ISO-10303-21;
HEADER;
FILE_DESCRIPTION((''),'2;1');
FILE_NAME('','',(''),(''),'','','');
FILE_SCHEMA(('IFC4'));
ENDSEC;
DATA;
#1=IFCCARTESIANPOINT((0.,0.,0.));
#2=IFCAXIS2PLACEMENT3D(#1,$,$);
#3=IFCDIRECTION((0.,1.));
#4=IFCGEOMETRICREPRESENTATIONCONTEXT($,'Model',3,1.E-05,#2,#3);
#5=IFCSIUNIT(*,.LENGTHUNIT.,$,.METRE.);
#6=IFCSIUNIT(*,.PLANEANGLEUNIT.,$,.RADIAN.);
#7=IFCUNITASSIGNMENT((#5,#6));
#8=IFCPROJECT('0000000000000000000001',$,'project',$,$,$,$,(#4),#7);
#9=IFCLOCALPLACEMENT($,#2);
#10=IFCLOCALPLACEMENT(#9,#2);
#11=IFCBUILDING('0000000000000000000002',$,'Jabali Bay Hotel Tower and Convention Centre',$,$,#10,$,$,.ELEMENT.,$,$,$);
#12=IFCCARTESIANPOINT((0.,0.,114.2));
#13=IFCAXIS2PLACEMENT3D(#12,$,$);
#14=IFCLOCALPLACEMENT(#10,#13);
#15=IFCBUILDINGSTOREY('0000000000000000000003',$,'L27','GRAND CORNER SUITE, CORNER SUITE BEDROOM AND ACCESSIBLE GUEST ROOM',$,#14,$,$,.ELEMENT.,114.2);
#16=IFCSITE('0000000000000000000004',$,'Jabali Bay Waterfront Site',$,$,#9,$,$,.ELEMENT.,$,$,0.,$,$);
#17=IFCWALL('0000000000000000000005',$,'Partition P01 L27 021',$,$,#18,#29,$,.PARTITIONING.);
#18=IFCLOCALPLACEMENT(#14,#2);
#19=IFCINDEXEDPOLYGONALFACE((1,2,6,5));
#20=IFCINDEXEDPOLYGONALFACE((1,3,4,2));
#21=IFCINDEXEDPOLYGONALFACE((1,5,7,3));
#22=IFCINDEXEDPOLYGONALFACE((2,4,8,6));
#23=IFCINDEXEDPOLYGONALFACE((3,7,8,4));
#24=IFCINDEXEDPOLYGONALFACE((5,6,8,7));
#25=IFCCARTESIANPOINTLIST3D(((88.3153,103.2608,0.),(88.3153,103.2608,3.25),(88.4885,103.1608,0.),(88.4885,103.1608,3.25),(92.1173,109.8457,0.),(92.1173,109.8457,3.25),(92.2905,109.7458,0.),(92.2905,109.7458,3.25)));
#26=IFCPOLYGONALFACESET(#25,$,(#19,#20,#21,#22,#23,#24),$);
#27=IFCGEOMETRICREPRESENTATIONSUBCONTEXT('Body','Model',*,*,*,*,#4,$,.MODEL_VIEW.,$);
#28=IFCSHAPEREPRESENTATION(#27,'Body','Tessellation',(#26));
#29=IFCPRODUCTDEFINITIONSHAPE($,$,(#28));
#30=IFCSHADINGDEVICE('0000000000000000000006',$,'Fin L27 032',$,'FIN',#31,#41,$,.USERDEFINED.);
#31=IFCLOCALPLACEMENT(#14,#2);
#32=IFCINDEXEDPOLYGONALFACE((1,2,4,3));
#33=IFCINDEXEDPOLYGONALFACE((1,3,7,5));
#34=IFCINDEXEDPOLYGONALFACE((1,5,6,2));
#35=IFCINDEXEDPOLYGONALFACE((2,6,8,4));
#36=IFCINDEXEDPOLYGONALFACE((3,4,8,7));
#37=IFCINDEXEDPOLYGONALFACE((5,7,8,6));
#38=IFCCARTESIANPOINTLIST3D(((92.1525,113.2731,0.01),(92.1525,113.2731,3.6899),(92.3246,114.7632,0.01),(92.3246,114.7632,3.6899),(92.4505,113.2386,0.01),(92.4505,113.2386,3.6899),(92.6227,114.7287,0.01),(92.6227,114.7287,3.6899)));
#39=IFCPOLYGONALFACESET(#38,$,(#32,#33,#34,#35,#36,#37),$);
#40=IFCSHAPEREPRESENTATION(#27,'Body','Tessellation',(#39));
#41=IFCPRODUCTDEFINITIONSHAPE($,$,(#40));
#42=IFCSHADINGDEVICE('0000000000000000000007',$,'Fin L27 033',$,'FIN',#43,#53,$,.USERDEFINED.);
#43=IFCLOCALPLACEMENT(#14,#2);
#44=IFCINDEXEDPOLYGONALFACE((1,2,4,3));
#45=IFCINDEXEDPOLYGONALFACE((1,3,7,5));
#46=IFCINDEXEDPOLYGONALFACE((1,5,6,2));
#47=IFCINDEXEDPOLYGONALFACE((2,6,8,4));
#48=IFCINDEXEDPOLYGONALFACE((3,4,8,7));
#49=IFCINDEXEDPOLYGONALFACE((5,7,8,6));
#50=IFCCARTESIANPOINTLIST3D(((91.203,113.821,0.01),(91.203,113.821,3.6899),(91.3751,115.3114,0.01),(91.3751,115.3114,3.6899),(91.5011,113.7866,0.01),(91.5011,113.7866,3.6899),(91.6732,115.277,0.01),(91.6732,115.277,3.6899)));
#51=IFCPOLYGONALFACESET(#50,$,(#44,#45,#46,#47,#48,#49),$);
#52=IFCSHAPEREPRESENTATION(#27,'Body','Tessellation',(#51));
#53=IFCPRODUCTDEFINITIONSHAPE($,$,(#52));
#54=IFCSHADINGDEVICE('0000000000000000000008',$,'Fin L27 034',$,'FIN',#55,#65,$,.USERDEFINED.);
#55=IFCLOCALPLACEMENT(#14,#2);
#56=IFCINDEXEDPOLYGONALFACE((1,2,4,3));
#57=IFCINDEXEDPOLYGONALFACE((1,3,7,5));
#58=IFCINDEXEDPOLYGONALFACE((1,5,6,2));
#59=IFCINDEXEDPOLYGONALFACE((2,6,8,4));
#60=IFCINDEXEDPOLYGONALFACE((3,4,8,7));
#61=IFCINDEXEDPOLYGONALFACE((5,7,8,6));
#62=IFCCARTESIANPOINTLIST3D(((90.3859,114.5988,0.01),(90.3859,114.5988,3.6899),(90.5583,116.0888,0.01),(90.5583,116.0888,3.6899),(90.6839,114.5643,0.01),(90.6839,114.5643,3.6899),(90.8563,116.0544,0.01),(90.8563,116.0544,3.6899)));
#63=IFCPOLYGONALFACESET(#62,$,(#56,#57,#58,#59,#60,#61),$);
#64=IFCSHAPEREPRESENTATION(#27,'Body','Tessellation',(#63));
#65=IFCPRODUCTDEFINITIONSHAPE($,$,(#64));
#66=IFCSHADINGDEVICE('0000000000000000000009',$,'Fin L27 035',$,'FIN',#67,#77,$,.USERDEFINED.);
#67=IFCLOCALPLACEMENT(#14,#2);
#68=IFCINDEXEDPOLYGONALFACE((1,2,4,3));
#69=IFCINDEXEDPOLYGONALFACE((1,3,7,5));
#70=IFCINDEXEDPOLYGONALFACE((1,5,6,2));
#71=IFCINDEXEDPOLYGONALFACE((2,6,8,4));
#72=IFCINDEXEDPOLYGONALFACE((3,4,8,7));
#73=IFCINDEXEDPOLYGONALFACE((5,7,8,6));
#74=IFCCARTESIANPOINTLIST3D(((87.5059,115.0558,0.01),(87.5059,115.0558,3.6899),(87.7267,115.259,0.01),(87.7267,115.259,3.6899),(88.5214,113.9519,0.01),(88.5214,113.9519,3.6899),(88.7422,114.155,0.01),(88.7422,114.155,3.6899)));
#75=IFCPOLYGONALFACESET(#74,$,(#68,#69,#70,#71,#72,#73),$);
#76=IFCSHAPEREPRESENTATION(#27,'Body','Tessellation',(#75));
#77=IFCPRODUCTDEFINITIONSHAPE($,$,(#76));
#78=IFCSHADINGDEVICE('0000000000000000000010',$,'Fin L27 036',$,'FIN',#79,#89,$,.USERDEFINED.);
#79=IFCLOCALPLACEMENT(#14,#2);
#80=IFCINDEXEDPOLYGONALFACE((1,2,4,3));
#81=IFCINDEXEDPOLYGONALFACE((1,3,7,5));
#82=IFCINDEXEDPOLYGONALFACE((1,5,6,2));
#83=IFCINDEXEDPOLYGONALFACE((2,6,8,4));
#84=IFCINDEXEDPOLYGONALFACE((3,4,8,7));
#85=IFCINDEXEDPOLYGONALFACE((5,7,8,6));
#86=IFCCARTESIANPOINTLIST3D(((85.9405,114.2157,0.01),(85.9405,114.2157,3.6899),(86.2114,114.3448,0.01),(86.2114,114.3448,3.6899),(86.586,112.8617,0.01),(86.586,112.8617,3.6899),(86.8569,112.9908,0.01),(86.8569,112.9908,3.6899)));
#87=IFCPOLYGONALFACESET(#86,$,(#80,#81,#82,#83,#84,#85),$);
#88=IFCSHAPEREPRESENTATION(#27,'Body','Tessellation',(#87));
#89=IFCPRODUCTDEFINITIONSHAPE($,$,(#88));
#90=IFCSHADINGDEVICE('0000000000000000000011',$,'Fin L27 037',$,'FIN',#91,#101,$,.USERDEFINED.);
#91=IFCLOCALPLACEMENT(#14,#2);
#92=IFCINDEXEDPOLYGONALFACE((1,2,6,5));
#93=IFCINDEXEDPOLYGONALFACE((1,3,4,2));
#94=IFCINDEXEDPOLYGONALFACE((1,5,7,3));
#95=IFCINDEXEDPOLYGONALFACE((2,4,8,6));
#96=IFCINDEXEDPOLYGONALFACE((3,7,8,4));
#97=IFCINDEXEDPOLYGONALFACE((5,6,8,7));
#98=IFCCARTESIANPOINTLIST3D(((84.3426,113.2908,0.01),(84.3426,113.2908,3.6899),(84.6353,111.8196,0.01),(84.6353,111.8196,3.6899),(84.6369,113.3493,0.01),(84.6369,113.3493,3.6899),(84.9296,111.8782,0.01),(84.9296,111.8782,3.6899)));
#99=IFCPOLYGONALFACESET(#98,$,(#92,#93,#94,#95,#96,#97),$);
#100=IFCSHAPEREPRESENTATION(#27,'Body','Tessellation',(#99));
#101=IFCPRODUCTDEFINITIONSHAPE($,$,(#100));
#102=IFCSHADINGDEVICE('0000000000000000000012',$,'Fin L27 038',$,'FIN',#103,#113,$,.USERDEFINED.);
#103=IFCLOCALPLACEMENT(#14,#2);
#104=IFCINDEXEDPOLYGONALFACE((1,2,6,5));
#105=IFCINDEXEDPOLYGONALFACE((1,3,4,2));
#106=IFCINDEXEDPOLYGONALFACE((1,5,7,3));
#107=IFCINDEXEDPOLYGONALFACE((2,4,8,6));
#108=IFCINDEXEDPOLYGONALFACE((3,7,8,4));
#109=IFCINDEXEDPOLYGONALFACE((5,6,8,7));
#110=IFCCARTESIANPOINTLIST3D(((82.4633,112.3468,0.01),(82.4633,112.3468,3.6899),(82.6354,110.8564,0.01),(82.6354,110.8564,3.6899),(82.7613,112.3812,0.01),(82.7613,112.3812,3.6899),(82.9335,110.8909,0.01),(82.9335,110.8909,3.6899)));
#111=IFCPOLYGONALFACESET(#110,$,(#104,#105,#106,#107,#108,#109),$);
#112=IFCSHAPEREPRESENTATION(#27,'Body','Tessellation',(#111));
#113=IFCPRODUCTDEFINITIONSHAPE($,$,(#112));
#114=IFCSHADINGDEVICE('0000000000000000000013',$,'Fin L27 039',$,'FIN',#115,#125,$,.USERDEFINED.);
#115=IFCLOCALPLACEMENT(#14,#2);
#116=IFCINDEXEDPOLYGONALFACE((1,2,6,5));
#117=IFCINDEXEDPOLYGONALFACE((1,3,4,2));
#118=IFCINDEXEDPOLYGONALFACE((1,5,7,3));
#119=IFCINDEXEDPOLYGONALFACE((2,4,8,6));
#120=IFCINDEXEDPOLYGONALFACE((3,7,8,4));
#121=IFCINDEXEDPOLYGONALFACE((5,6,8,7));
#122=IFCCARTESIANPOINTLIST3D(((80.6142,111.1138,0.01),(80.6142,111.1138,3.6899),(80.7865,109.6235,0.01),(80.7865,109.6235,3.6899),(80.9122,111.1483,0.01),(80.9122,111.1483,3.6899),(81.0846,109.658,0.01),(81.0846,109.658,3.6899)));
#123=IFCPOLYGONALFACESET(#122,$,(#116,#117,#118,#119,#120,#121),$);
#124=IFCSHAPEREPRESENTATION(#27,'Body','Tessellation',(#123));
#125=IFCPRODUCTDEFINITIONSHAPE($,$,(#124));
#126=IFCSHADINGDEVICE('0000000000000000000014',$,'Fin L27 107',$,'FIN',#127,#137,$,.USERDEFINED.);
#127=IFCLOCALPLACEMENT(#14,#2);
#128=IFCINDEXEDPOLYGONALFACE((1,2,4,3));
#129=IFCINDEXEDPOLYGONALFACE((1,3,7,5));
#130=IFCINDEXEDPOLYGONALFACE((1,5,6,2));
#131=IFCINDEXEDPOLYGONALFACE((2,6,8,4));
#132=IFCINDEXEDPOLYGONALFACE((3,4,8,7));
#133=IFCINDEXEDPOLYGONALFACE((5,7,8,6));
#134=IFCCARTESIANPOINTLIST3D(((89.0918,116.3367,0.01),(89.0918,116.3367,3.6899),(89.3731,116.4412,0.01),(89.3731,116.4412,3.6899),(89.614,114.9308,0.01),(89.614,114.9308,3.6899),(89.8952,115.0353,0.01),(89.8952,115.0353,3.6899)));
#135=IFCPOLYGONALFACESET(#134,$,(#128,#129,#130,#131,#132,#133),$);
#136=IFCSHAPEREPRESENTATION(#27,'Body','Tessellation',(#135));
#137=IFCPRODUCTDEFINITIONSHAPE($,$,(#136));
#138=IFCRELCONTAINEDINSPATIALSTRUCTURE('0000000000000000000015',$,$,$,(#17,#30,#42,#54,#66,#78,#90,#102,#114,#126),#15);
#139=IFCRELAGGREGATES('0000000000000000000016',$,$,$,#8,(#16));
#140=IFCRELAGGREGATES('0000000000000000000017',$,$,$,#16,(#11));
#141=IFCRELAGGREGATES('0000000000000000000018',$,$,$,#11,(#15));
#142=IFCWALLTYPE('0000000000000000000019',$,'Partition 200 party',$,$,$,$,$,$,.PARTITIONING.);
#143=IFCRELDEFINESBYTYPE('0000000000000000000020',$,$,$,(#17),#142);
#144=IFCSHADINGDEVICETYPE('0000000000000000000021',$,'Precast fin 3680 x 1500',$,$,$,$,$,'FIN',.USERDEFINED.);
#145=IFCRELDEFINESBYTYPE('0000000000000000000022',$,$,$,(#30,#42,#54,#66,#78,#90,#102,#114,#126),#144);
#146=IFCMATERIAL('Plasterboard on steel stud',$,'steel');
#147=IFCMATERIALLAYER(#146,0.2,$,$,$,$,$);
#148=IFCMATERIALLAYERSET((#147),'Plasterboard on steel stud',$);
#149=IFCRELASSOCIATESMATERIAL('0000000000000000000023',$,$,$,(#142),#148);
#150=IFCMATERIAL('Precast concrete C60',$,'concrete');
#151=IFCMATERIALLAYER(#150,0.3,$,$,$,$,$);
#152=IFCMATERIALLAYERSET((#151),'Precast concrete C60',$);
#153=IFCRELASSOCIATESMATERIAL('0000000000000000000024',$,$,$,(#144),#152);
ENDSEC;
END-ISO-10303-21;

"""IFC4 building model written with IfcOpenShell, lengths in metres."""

from ifc_helpers import new_model, si_unit, direction, frame, frame_2d, origin, place, context, subcontext, project, spatial, rectangle, extrude, material, layer, layer_set, type_object, element, save


model = new_model("IFC4")

# Units and contexts
model_context = context("Model", 3, precision=1e-05, world=origin(), true_north=direction((0.0, 1.0)))
body_context = subcontext(model_context, "Body", "Model", "MODEL_VIEW")
ifc_project = project(units=[si_unit("LENGTHUNIT", "METRE"), si_unit("PLANEANGLEUNIT", "RADIAN")], contexts=[model_context])

# Site, building, storey
site_placement = place(None, origin())
site = spatial("IfcSite", under=ifc_project, at=site_placement, Name="Jabali Bay Waterfront Site", CompositionType="ELEMENT", RefElevation=0.0)
building_placement = place(site_placement, origin())
building = spatial("IfcBuilding", under=site, at=building_placement, Name="Jabali Bay Hotel Tower and Convention Centre", CompositionType="ELEMENT")
storey_placement = place(building_placement, frame((0.0, 0.0, 114.2)))
storey = spatial("IfcBuildingStorey", under=building, at=storey_placement, Name="L27", Description="GRAND CORNER SUITE, CORNER SUITE BEDROOM AND ACCESSIBLE GUEST ROOM", CompositionType="ELEMENT", Elevation=114.2)

# Wall
ifc_material_1 = material(Name="Plasterboard on steel stud", Category="steel")
ifc_layer_1 = layer(ifc_material_1, 0.2)
ifc_layer_set_1 = layer_set([ifc_layer_1], Name="Plasterboard on steel stud")
wall_type_1 = type_object("IfcWallType", Name="Partition 200 party", PredefinedType="PARTITIONING", material=ifc_layer_set_1)
wall_1_placement = place(storey_placement, frame((92.2039, 109.7957, 0.0), z_axis=(0.0, 0.0, 1.0), x_axis=(-0.500017, -0.866016, 0.0)))
element("IfcWall", 1, at=wall_1_placement, inside=storey, type_object=wall_type_1, Name="Partition P01 L27 021", PredefinedType="PARTITIONING", context=body_context, shape_type="SweptSolid", body=[
    extrude(rectangle(XDim=7.6038, YDim=0.2, at=frame_2d((3.8018, 0.0))), origin(), (0.0, 0.0, 1.0), 3.25),
])

# Shading devices
ifc_material_2 = material(Name="Precast concrete C60", Category="concrete")
ifc_layer_2 = layer(ifc_material_2, 0.3)
ifc_layer_set_2 = layer_set([ifc_layer_2], Name="Precast concrete C60")
shading_device_type = type_object("IfcShadingDeviceType", Name="Precast fin 3680 x 1500", ElementType="FIN", PredefinedType="USERDEFINED", material=ifc_layer_set_2)
shading_device_1_placement = place(storey_placement, frame((92.3015, 113.2559, 0.01), z_axis=(0.0, 0.0, 1.0), x_axis=(0.114754, 0.993394, 0.0)))
element("IfcShadingDevice", 2, at=shading_device_1_placement, inside=storey, type_object=shading_device_type, Name="Fin L27 032", ObjectType="FIN", PredefinedType="USERDEFINED", context=body_context, shape_type="SweptSolid", body=[
    extrude(rectangle(XDim=1.5, YDim=0.3, at=frame_2d((0.75, 0.0))), origin(), (0.0, 0.0, 1.0), 3.6799),
])
shading_device_2_placement = place(storey_placement, frame((91.3521, 113.804, 0.01), z_axis=(0.0, 0.0, 1.0), x_axis=(0.114735, 0.993396, 0.0)))
element("IfcShadingDevice", 3, at=shading_device_2_placement, inside=storey, type_object=shading_device_type, Name="Fin L27 033", ObjectType="FIN", PredefinedType="USERDEFINED", context=body_context, shape_type="SweptSolid", body=[
    extrude(rectangle(XDim=1.5002, YDim=0.3, at=frame_2d((0.75, 0.0))), origin(), (0.0, 0.0, 1.0), 3.6799),
])
for number, where, z_axis, x_axis, name in (
    (4, (90.5349, 114.5815, 0.01), (0.0, 0.0, 1.0), (0.114914, 0.993375, 0.0), "Fin L27 034"),
    (5, (88.6318, 114.0535, 0.01), (0.0, 0.0, 1.0), (-0.677035, 0.73595, 0.0), "Fin L27 035"),
    (6, (86.7214, 112.9263, 0.01), (0.0, 0.0, 1.0), (-0.430338, 0.902668, 0.0), "Fin L27 036"),
    (7, (84.7825, 111.8489, 0.01), (0.0, 0.0, 1.0), (-0.195146, 0.980774, 0.0), "Fin L27 037"),
):
    element("IfcShadingDevice", number, at=place(storey_placement, frame(where, z_axis=z_axis, x_axis=x_axis)), inside=storey, type_object=shading_device_type, Name=name, ObjectType="FIN", PredefinedType="USERDEFINED", context=body_context, shape_type="SweptSolid", body=[
        extrude(rectangle(XDim=1.5, YDim=0.3, at=frame_2d((0.75, 0.0))), origin(), (0.0, 0.0, 1.0), 3.6799),
    ])
for number, where, z_axis, x_axis, name in (
    (8, (82.7844, 110.8738, 0.01), (0.0, 0.0, 1.0), (-0.114735, 0.993396, 0.0), "Fin L27 038"),
    (9, (80.9355, 109.6409, 0.01), (0.0, 0.0, 1.0), (-0.114896, 0.993378, 0.0), "Fin L27 039"),
):
    element("IfcShadingDevice", number, at=place(storey_placement, frame(where, z_axis=z_axis, x_axis=x_axis)), inside=storey, type_object=shading_device_type, Name=name, ObjectType="FIN", PredefinedType="USERDEFINED", context=body_context, shape_type="SweptSolid", body=[
        extrude(rectangle(XDim=1.5002, YDim=0.3, at=frame_2d((0.75, 0.0))), origin(), (0.0, 0.0, 1.0), 3.6799),
    ])
shading_device_3_placement = place(storey_placement, frame((89.7546, 114.9829, 0.01), z_axis=(0.0, 0.0, 1.0), x_axis=(-0.348178, 0.937428, 0.0)))
element("IfcShadingDevice", 10, at=shading_device_3_placement, inside=storey, type_object=shading_device_type, Name="Fin L27 107", ObjectType="FIN", PredefinedType="USERDEFINED", context=body_context, shape_type="SweptSolid", body=[
    extrude(rectangle(XDim=1.4998, YDim=0.3, at=frame_2d((0.75, 0.0))), origin(), (0.0, 0.0, 1.0), 3.6799),
])

save(model, "model.ifc")
